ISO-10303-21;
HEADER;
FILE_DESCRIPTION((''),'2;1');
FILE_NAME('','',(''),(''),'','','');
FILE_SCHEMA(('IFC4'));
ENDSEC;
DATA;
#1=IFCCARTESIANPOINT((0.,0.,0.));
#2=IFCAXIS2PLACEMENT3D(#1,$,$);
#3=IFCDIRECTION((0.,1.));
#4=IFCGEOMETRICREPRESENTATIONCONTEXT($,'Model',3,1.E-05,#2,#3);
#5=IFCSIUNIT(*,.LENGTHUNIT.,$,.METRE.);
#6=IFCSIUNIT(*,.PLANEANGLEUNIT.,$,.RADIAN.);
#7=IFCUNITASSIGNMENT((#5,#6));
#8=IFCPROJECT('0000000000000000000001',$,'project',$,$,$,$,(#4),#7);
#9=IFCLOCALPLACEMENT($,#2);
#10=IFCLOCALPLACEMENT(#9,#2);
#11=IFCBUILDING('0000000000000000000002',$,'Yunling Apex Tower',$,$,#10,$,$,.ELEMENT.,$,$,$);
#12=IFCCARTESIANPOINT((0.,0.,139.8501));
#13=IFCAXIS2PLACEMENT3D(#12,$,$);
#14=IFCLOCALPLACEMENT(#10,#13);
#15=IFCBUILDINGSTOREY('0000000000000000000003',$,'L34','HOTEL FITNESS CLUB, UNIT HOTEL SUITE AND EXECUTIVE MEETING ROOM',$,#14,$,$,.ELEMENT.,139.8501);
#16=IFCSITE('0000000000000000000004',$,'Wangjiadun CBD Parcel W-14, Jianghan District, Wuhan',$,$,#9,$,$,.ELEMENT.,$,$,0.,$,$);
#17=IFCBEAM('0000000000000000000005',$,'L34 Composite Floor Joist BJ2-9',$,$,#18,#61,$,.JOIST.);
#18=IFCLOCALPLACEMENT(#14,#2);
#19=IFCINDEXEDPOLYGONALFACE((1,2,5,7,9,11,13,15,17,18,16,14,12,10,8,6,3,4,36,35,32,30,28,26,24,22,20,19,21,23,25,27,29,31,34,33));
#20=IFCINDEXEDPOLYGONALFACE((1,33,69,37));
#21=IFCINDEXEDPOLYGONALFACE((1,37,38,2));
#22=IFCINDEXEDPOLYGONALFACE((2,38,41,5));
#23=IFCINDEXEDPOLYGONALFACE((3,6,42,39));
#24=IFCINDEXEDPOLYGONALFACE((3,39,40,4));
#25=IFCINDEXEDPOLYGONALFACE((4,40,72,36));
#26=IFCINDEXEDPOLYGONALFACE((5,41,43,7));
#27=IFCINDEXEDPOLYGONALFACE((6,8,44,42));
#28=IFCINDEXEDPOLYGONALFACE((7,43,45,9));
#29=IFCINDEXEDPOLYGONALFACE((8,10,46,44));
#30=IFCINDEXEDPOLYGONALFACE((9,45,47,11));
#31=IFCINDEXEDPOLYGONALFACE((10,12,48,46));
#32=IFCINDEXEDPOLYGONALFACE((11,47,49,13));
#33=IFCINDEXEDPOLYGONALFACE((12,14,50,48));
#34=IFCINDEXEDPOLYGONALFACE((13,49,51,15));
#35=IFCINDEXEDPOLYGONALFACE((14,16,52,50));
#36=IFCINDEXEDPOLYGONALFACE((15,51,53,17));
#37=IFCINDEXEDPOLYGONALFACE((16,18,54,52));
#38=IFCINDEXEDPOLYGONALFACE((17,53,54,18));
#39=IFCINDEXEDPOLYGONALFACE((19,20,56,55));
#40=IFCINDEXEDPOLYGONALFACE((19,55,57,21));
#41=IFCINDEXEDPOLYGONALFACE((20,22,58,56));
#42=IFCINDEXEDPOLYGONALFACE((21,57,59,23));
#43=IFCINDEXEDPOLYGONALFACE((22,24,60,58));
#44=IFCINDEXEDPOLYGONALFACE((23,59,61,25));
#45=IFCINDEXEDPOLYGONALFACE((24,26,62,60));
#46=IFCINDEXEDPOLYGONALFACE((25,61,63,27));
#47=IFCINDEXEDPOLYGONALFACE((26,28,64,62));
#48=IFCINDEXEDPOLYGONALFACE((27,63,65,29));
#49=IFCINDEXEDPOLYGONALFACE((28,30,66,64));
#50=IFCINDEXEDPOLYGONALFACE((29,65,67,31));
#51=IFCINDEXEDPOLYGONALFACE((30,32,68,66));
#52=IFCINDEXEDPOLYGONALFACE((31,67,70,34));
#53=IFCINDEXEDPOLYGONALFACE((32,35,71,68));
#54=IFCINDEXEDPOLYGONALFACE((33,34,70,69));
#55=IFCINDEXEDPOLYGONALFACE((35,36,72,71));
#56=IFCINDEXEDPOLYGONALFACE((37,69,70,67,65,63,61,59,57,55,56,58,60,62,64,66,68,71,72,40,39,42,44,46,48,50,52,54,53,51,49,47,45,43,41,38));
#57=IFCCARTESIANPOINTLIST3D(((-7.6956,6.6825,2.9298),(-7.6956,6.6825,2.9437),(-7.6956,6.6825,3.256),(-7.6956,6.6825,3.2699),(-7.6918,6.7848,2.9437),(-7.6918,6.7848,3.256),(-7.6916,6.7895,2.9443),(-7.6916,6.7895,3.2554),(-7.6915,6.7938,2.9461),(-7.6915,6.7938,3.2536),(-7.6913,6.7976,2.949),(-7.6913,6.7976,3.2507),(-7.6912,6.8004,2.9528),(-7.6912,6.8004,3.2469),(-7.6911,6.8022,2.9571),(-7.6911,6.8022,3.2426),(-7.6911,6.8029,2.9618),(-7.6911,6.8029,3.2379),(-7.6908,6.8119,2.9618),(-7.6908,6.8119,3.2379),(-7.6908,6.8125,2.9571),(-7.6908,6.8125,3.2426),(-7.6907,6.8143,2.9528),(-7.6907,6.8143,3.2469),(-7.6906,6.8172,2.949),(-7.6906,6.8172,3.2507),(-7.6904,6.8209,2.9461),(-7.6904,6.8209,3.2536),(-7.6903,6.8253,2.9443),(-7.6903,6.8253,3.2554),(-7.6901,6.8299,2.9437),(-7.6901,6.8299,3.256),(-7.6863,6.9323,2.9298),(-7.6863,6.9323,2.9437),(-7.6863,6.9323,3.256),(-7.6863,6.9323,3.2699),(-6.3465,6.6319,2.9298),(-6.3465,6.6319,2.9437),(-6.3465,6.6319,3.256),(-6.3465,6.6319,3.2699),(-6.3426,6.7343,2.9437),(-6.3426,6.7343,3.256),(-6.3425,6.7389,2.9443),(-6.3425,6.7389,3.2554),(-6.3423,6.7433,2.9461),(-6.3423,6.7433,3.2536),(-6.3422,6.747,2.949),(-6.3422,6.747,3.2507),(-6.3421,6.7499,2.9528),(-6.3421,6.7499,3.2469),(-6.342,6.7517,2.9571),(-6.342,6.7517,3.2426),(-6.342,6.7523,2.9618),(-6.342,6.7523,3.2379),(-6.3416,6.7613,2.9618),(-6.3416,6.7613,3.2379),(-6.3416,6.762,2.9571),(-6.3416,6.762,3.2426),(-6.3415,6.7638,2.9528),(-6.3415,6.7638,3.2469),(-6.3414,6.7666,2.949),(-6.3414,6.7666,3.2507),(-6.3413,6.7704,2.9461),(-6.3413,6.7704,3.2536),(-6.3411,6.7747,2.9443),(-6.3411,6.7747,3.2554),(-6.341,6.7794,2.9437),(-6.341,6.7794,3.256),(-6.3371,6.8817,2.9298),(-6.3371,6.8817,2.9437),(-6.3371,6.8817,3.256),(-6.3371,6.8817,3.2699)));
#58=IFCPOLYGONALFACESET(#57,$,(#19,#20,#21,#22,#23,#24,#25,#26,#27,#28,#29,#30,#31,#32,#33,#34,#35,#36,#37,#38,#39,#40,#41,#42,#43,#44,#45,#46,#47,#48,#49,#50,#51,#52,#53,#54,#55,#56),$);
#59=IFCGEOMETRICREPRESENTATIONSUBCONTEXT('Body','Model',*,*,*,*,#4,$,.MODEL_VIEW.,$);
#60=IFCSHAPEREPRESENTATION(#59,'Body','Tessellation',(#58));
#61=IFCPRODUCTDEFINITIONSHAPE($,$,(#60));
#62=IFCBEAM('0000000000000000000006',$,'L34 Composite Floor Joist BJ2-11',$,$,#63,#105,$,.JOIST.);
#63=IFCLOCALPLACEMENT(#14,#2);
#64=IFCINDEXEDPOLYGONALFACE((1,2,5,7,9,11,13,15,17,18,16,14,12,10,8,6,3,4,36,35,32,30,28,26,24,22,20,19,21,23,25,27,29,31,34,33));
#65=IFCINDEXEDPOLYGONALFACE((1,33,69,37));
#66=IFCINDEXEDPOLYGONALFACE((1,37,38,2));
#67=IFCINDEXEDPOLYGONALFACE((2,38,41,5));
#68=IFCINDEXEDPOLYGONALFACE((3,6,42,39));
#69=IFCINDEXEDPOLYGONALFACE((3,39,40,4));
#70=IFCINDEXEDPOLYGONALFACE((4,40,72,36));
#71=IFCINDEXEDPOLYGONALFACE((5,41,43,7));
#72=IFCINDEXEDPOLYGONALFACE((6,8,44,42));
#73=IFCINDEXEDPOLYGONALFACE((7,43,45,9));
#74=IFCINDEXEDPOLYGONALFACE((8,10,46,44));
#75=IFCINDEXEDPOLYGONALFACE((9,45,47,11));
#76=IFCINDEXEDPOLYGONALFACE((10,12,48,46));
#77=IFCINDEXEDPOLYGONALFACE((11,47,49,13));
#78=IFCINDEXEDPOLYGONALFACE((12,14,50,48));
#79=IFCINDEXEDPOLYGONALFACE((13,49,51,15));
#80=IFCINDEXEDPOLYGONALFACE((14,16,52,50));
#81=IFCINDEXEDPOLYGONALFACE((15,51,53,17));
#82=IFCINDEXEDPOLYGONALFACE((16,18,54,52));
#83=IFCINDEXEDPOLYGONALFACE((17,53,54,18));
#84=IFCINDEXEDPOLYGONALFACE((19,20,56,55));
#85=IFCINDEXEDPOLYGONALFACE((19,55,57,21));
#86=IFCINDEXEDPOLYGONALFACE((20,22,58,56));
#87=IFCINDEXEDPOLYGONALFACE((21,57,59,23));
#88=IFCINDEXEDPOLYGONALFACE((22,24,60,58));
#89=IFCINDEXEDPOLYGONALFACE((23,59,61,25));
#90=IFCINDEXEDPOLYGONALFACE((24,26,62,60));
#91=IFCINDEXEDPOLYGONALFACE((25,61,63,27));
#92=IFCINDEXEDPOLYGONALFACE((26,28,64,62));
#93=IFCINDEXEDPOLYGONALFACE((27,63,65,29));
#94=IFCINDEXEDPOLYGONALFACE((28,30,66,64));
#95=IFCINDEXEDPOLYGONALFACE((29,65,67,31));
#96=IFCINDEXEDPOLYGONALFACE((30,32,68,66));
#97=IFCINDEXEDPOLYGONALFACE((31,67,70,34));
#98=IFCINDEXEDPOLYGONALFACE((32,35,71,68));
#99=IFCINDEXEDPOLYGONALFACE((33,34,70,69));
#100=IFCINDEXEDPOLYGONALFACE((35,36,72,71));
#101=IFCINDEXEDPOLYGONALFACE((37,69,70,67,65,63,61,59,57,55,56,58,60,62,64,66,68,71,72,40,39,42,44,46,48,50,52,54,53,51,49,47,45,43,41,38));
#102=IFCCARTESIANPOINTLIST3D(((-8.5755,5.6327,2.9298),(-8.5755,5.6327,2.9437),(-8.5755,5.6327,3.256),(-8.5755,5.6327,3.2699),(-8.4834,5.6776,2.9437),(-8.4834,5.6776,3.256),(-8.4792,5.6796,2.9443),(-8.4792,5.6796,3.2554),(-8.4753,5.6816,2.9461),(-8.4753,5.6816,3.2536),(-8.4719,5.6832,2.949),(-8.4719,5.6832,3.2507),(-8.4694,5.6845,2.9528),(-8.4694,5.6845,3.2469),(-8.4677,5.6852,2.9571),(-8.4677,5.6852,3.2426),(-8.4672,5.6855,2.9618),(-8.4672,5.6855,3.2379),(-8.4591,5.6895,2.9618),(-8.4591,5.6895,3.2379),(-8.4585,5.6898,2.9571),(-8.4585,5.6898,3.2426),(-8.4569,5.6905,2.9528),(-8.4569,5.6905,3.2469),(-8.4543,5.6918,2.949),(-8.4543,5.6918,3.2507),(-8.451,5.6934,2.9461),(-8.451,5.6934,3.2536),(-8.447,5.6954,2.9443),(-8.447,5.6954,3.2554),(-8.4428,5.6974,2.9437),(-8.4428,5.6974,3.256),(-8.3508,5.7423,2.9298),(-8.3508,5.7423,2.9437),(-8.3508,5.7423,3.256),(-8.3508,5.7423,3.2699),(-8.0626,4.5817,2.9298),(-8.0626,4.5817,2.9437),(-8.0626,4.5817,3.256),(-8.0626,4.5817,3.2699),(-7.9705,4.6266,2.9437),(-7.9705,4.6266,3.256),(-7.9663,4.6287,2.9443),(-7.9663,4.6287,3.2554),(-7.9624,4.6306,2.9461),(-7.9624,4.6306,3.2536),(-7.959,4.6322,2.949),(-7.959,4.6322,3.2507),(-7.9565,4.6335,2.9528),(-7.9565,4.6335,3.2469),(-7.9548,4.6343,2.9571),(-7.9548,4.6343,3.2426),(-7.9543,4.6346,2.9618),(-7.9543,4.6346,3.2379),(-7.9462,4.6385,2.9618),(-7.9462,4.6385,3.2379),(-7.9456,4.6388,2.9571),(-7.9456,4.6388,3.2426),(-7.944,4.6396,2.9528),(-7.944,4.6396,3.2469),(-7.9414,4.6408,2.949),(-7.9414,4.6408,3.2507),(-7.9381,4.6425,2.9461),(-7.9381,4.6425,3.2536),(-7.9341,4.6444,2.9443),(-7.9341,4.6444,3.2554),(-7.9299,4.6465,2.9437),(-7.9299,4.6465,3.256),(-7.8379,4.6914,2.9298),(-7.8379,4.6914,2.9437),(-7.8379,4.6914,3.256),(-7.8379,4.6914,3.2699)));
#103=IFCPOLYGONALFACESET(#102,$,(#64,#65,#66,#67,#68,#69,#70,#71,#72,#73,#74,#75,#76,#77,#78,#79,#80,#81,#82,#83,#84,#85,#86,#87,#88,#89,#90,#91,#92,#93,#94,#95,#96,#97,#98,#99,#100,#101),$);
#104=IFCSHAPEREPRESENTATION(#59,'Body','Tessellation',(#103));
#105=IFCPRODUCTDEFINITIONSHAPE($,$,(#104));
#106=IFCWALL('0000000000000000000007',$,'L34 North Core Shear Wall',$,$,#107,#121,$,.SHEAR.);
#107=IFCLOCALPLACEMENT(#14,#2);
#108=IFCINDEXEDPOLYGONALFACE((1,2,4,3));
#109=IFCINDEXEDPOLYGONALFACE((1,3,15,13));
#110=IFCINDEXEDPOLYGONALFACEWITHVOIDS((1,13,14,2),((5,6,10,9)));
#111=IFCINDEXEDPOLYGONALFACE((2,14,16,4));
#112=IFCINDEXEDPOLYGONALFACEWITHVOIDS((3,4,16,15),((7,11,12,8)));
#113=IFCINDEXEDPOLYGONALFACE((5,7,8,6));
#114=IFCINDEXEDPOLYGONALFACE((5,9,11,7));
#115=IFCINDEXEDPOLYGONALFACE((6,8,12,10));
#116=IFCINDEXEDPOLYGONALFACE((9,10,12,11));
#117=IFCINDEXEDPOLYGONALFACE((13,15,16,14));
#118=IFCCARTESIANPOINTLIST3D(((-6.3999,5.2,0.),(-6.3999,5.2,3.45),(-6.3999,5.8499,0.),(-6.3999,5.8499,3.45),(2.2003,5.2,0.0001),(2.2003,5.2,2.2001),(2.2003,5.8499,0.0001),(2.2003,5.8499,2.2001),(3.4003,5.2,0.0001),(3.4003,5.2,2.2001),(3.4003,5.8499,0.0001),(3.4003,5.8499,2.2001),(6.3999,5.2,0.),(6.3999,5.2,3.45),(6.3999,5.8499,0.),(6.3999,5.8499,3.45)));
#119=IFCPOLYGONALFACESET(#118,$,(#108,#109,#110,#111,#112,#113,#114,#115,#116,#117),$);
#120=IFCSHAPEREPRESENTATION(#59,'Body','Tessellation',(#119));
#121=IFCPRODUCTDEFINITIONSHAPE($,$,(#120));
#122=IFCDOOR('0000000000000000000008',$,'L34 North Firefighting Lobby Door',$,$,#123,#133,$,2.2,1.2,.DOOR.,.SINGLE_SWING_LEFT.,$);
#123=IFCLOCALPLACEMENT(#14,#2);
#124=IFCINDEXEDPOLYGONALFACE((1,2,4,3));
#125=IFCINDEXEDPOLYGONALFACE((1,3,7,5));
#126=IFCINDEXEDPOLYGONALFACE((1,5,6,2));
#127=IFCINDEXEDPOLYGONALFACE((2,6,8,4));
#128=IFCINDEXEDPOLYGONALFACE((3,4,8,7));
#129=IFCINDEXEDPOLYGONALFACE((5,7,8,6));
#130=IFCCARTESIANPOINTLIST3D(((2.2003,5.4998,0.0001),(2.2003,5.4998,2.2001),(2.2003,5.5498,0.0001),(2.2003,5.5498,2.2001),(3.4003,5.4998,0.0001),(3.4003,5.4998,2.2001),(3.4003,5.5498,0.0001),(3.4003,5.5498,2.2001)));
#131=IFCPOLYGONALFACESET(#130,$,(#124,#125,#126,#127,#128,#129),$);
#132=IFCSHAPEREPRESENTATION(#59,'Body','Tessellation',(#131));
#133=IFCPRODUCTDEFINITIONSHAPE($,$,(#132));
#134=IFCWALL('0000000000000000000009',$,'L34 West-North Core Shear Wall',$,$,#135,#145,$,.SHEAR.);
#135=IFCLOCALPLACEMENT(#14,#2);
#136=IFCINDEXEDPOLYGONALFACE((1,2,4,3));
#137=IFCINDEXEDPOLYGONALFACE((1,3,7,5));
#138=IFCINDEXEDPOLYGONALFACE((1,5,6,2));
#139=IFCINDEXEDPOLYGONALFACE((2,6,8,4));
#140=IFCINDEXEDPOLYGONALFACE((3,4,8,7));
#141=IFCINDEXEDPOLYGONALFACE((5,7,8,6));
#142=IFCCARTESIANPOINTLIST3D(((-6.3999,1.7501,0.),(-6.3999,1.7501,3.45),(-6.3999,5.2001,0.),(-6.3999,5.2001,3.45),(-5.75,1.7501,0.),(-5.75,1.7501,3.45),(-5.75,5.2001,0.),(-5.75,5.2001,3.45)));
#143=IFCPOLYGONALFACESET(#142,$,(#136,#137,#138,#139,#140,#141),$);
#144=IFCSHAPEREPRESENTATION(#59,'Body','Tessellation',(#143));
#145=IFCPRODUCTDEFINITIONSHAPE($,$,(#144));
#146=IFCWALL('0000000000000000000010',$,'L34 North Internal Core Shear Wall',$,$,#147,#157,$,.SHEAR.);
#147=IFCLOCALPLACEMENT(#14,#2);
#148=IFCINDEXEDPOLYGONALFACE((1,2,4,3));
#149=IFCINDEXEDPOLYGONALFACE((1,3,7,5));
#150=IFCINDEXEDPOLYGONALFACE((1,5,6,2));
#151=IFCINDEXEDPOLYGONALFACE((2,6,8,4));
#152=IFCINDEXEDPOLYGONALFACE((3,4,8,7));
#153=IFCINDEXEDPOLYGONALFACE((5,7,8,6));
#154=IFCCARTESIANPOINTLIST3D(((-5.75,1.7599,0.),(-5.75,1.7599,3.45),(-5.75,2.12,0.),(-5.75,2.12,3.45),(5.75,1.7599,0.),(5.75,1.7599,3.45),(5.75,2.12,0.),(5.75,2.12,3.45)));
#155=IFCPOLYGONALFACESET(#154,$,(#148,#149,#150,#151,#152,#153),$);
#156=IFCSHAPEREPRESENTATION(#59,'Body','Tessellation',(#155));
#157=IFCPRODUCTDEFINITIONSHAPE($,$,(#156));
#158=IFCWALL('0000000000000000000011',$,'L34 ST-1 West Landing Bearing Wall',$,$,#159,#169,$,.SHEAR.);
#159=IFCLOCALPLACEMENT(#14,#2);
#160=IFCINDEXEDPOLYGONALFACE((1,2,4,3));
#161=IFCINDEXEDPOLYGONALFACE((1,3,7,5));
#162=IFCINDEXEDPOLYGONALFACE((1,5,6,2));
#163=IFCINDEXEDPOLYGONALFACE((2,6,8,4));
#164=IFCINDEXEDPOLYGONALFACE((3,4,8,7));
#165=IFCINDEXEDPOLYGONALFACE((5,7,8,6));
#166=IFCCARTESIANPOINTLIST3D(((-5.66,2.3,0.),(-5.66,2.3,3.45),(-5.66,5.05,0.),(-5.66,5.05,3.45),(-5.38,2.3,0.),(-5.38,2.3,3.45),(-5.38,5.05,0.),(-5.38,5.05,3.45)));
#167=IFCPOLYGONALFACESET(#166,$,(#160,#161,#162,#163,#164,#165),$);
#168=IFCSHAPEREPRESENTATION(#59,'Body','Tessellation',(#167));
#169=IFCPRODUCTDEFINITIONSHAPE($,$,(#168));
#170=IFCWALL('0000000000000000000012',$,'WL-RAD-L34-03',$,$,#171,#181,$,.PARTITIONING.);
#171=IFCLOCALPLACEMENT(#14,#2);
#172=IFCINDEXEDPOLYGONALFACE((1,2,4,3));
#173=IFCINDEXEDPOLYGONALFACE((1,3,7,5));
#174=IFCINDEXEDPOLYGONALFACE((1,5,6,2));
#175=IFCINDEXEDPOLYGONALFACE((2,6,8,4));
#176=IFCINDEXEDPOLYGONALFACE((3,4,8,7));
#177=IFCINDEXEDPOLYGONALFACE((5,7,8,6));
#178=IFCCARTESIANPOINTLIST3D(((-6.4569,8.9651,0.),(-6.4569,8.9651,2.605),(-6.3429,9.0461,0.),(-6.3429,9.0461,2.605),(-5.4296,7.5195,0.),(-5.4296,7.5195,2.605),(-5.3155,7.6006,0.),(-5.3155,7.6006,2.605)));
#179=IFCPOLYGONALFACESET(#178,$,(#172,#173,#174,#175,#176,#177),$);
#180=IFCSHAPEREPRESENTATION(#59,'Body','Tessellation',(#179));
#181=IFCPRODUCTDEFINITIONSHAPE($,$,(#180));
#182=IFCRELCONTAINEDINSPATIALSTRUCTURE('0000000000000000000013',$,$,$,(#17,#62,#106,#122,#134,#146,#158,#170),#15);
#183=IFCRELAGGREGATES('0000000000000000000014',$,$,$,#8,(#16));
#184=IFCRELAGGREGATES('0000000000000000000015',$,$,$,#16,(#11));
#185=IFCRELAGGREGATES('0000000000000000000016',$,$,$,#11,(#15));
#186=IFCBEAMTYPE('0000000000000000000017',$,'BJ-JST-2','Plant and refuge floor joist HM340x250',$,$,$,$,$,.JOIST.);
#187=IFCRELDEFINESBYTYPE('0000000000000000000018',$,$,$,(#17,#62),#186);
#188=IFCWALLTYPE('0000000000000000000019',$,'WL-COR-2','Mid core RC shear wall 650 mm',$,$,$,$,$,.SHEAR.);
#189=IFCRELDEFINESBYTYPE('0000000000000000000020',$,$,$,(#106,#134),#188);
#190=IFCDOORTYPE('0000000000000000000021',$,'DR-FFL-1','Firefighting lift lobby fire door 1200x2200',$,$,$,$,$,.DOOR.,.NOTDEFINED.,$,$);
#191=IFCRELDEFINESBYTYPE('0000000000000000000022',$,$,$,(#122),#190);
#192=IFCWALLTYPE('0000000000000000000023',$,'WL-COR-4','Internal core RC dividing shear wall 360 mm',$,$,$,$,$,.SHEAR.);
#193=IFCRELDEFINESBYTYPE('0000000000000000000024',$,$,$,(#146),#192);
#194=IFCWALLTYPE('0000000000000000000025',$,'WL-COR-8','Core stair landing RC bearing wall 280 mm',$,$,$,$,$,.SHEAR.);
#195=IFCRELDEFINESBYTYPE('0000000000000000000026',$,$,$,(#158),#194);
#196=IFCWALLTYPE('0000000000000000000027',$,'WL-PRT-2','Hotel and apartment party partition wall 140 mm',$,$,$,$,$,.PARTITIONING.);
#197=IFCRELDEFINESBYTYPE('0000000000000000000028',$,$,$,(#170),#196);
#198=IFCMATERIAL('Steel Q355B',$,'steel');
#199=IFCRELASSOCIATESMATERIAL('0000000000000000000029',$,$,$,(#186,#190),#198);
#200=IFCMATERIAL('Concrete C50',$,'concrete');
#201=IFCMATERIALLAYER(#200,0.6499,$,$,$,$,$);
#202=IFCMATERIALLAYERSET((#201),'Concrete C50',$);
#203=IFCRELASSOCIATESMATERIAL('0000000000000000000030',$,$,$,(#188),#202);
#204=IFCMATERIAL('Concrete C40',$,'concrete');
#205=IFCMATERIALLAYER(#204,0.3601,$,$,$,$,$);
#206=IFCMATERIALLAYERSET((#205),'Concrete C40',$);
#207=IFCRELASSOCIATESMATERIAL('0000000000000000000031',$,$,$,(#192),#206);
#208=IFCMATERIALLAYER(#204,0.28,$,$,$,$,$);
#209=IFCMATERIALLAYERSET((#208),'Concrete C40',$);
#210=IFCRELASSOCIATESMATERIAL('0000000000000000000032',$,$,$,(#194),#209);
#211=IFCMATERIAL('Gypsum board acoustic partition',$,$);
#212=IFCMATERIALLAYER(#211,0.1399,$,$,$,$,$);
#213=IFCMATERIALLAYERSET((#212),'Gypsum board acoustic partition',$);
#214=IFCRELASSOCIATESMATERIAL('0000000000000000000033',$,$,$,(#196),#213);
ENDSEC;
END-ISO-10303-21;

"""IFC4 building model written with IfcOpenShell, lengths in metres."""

from ifc_helpers import new_model, si_unit, direction, frame, frame_2d, origin, origin_2d, place, context, subcontext, project, spatial, rectangle, i_section, extrude, source, transform, mapped, material, layer, layer_set, material_profile, profile_set, type_object, element, fill, save


model = new_model("IFC4")

# Units and contexts
model_context = context("Model", 3, precision=1e-05, world=origin(), true_north=direction((0.0, 1.0)))
body_context = subcontext(model_context, "Body", "Model", "MODEL_VIEW")
ifc_project = project(units=[si_unit("LENGTHUNIT", "METRE"), si_unit("PLANEANGLEUNIT", "RADIAN")], contexts=[model_context])

# Site, building, storey
site_placement = place(None, origin())
site = spatial("IfcSite", under=ifc_project, at=site_placement, Name="Wangjiadun CBD Parcel W-14, Jianghan District, Wuhan", CompositionType="ELEMENT", RefElevation=0.0)
building_placement = place(site_placement, origin())
building = spatial("IfcBuilding", under=site, at=building_placement, Name="Yunling Apex Tower", CompositionType="ELEMENT")
storey_placement = place(building_placement, frame((0.0, 0.0, 139.8501)))
storey = spatial("IfcBuildingStorey", under=building, at=storey_placement, Name="L34", Description="HOTEL FITNESS CLUB, UNIT HOTEL SUITE AND EXECUTIVE MEETING ROOM", CompositionType="ELEMENT", Elevation=139.8501)

# Shared definitions
ifc_material_1 = material(Name="Concrete C50", Category="concrete")

# Beams
ifc_material_2 = material(Name="Steel Q355B", Category="steel")
ifc_material_profile_1 = material_profile(ifc_material_2, i_section(OverallWidth=0.25, OverallDepth=0.3401, WebThickness=0.009, FlangeThickness=0.0139, FilletRadius=0.0181, at=origin_2d()))
ifc_profile_set_1 = profile_set([ifc_material_profile_1], Name="Steel Q355B")
beam_type_1 = type_object("IfcBeamType", Name="BJ-JST-2", Description="Plant and refuge floor joist HM340x250", PredefinedType="JOIST", material=ifc_profile_set_1)
shared_shape_1 = source(origin(), body_context, "Body", "SweptSolid", [
    extrude(i_section(OverallWidth=0.25, OverallDepth=0.3401, WebThickness=0.009, FlangeThickness=0.0139, FilletRadius=0.0181, at=origin_2d()), origin(), (0.0, 0.0, 1.0), 1.3501),
])
beam_1_placement = place(storey_placement, frame((-6.3418, 6.7568, 3.0999), z_axis=(-0.999299, 0.037433, 0.0), x_axis=(-0.037433, -0.999299, 0.0)))
element("IfcBeam", 1, at=beam_1_placement, inside=storey, type_object=beam_type_1, Name="L34 Composite Floor Joist BJ2-9", PredefinedType="JOIST", context=body_context, shape_type="MappedRepresentation", body=[
    mapped(shared_shape_1, transform((0.0, 0.0, 0.0), scale=1.0)),
])
shared_shape_2 = source(origin(), body_context, "Body", "SweptSolid", [
    extrude(i_section(OverallWidth=0.25, OverallDepth=0.3401, WebThickness=0.009, FlangeThickness=0.0139, FilletRadius=0.0181, at=origin_2d()), origin(), (0.0, 0.0, 1.0), 1.1694),
])
beam_2_placement = place(storey_placement, frame((-8.4631, 5.6875, 3.0999), z_axis=(0.438592, -0.898686, 0.0), x_axis=(0.898686, 0.438592, 0.0)))
element("IfcBeam", 2, at=beam_2_placement, inside=storey, type_object=beam_type_1, Name="L34 Composite Floor Joist BJ2-11", PredefinedType="JOIST", context=body_context, shape_type="MappedRepresentation", body=[
    mapped(shared_shape_2, transform((0.0, 0.0, 0.0), scale=1.0)),
])

# Wall, opening, door
ifc_layer_1 = layer(ifc_material_1, 0.6499)
ifc_layer_set_1 = layer_set([ifc_layer_1], Name="Concrete C50")
wall_type_1 = type_object("IfcWallType", Name="WL-COR-2", Description="Mid core RC shear wall 650 mm", PredefinedType="SHEAR", material=ifc_layer_set_1)
wall_1_placement = place(storey_placement, frame((-6.3999, 5.5249, 0.0), z_axis=(0.0, 0.0, 1.0), x_axis=(1.0, 0.0, 0.0)))
wall_1 = element("IfcWall", 3, at=wall_1_placement, inside=storey, type_object=wall_type_1, Name="L34 North Core Shear Wall", PredefinedType="SHEAR", context=body_context, shape_type="SweptSolid", body=[
    extrude(rectangle(XDim=12.7998, YDim=0.6499, at=frame_2d((6.3999, 0.0))), origin(), (0.0, 0.0, 1.0), 3.45),
])
opening_placement = place(wall_1_placement, frame((8.6001, 0.0, 0.0)))
opening = element("IfcOpeningElement", 4, at=opening_placement, cuts=wall_1, PredefinedType="OPENING", context=body_context, shape_type="SweptSolid", body=[
    extrude(rectangle(XDim=1.2, YDim=2.2, at=frame_2d((0.6001, 1.1001))), frame((0.0, 0.335, 0.0), z_axis=(0.0, -1.0, 0.0), x_axis=(1.0, 0.0, 0.0)), (0.0, 0.0, 1.0), 0.6699),
])
door_type = type_object("IfcDoorType", Name="DR-FFL-1", Description="Firefighting lift lobby fire door 1200x2200", OperationType="NOTDEFINED", PredefinedType="DOOR", material=ifc_material_2)
door_placement = place(opening_placement, origin())
door = element("IfcDoor", 5, at=door_placement, inside=storey, type_object=door_type, Name="L34 North Firefighting Lobby Door", OperationType="SINGLE_SWING_LEFT", OverallHeight=2.2, OverallWidth=1.2, PredefinedType="DOOR", context=body_context, shape_type="SweptSolid", body=[
    extrude(rectangle(XDim=1.2, YDim=2.2, at=frame_2d((0.6001, 1.1001))), frame((0.0, 0.0249, 0.0), z_axis=(0.0, -1.0, 0.0), x_axis=(1.0, 0.0, 0.0)), (0.0, 0.0, 1.0), 0.05),
])
fill(opening, door)

# Walls
wall_2_placement = place(storey_placement, frame((-6.075, 1.75, 0.0), z_axis=(0.0, 0.0, 1.0), x_axis=(0.0, 1.0, 0.0)))
element("IfcWall", 6, at=wall_2_placement, inside=storey, type_object=wall_type_1, Name="L34 West-North Core Shear Wall", PredefinedType="SHEAR", context=body_context, shape_type="SweptSolid", body=[
    extrude(rectangle(XDim=3.45, YDim=0.6499, at=frame_2d((1.7251, 0.0))), origin(), (0.0, 0.0, 1.0), 3.45),
])
ifc_material_3 = material(Name="Concrete C40", Category="concrete")
ifc_layer_2 = layer(ifc_material_3, 0.3601)
ifc_layer_set_2 = layer_set([ifc_layer_2], Name="Concrete C40")
wall_type_2 = type_object("IfcWallType", Name="WL-COR-4", Description="Internal core RC dividing shear wall 360 mm", PredefinedType="SHEAR", material=ifc_layer_set_2)
wall_3_placement = place(storey_placement, frame((-5.75, 1.9399, 0.0), z_axis=(0.0, 0.0, 1.0), x_axis=(1.0, 0.0, 0.0)))
element("IfcWall", 7, at=wall_3_placement, inside=storey, type_object=wall_type_2, Name="L34 North Internal Core Shear Wall", PredefinedType="SHEAR", context=body_context, shape_type="SweptSolid", body=[
    extrude(rectangle(XDim=11.5, YDim=0.3601, at=frame_2d((5.75, 0.0))), origin(), (0.0, 0.0, 1.0), 3.45),
])
ifc_layer_3 = layer(ifc_material_3, 0.28)
ifc_layer_set_3 = layer_set([ifc_layer_3], Name="Concrete C40")
wall_type_3 = type_object("IfcWallType", Name="WL-COR-8", Description="Core stair landing RC bearing wall 280 mm", PredefinedType="SHEAR", material=ifc_layer_set_3)
wall_4_placement = place(storey_placement, frame((-5.52, 2.3, 0.0), z_axis=(0.0, 0.0, 1.0), x_axis=(0.0, 1.0, 0.0)))
element("IfcWall", 8, at=wall_4_placement, inside=storey, type_object=wall_type_3, Name="L34 ST-1 West Landing Bearing Wall", PredefinedType="SHEAR", context=body_context, shape_type="SweptSolid", body=[
    extrude(rectangle(XDim=2.75, YDim=0.28, at=frame_2d((1.375, 0.0))), origin(), (0.0, 0.0, 1.0), 3.45),
])
ifc_material_4 = material(Name="Gypsum board acoustic partition")
ifc_layer_4 = layer(ifc_material_4, 0.1399)
ifc_layer_set_4 = layer_set([ifc_layer_4], Name="Gypsum board acoustic partition")
wall_type_4 = type_object("IfcWallType", Name="WL-PRT-2", Description="Hotel and apartment party partition wall 140 mm", PredefinedType="PARTITIONING", material=ifc_layer_set_4)
wall_5_placement = place(storey_placement, frame((-5.3726, 7.5601, 0.0), z_axis=(0.0, 0.0, 1.0), x_axis=(-0.579296, 0.815117, 0.0)))
element("IfcWall", 9, at=wall_5_placement, inside=storey, type_object=wall_type_4, Name="WL-RAD-L34-03", PredefinedType="PARTITIONING", context=body_context, shape_type="SweptSolid", body=[
    extrude(rectangle(XDim=1.7734, YDim=0.1399, at=frame_2d((0.8867, 0.0))), origin(), (0.0, 0.0, 1.0), 2.605),
])

save(model, "model.ifc")
